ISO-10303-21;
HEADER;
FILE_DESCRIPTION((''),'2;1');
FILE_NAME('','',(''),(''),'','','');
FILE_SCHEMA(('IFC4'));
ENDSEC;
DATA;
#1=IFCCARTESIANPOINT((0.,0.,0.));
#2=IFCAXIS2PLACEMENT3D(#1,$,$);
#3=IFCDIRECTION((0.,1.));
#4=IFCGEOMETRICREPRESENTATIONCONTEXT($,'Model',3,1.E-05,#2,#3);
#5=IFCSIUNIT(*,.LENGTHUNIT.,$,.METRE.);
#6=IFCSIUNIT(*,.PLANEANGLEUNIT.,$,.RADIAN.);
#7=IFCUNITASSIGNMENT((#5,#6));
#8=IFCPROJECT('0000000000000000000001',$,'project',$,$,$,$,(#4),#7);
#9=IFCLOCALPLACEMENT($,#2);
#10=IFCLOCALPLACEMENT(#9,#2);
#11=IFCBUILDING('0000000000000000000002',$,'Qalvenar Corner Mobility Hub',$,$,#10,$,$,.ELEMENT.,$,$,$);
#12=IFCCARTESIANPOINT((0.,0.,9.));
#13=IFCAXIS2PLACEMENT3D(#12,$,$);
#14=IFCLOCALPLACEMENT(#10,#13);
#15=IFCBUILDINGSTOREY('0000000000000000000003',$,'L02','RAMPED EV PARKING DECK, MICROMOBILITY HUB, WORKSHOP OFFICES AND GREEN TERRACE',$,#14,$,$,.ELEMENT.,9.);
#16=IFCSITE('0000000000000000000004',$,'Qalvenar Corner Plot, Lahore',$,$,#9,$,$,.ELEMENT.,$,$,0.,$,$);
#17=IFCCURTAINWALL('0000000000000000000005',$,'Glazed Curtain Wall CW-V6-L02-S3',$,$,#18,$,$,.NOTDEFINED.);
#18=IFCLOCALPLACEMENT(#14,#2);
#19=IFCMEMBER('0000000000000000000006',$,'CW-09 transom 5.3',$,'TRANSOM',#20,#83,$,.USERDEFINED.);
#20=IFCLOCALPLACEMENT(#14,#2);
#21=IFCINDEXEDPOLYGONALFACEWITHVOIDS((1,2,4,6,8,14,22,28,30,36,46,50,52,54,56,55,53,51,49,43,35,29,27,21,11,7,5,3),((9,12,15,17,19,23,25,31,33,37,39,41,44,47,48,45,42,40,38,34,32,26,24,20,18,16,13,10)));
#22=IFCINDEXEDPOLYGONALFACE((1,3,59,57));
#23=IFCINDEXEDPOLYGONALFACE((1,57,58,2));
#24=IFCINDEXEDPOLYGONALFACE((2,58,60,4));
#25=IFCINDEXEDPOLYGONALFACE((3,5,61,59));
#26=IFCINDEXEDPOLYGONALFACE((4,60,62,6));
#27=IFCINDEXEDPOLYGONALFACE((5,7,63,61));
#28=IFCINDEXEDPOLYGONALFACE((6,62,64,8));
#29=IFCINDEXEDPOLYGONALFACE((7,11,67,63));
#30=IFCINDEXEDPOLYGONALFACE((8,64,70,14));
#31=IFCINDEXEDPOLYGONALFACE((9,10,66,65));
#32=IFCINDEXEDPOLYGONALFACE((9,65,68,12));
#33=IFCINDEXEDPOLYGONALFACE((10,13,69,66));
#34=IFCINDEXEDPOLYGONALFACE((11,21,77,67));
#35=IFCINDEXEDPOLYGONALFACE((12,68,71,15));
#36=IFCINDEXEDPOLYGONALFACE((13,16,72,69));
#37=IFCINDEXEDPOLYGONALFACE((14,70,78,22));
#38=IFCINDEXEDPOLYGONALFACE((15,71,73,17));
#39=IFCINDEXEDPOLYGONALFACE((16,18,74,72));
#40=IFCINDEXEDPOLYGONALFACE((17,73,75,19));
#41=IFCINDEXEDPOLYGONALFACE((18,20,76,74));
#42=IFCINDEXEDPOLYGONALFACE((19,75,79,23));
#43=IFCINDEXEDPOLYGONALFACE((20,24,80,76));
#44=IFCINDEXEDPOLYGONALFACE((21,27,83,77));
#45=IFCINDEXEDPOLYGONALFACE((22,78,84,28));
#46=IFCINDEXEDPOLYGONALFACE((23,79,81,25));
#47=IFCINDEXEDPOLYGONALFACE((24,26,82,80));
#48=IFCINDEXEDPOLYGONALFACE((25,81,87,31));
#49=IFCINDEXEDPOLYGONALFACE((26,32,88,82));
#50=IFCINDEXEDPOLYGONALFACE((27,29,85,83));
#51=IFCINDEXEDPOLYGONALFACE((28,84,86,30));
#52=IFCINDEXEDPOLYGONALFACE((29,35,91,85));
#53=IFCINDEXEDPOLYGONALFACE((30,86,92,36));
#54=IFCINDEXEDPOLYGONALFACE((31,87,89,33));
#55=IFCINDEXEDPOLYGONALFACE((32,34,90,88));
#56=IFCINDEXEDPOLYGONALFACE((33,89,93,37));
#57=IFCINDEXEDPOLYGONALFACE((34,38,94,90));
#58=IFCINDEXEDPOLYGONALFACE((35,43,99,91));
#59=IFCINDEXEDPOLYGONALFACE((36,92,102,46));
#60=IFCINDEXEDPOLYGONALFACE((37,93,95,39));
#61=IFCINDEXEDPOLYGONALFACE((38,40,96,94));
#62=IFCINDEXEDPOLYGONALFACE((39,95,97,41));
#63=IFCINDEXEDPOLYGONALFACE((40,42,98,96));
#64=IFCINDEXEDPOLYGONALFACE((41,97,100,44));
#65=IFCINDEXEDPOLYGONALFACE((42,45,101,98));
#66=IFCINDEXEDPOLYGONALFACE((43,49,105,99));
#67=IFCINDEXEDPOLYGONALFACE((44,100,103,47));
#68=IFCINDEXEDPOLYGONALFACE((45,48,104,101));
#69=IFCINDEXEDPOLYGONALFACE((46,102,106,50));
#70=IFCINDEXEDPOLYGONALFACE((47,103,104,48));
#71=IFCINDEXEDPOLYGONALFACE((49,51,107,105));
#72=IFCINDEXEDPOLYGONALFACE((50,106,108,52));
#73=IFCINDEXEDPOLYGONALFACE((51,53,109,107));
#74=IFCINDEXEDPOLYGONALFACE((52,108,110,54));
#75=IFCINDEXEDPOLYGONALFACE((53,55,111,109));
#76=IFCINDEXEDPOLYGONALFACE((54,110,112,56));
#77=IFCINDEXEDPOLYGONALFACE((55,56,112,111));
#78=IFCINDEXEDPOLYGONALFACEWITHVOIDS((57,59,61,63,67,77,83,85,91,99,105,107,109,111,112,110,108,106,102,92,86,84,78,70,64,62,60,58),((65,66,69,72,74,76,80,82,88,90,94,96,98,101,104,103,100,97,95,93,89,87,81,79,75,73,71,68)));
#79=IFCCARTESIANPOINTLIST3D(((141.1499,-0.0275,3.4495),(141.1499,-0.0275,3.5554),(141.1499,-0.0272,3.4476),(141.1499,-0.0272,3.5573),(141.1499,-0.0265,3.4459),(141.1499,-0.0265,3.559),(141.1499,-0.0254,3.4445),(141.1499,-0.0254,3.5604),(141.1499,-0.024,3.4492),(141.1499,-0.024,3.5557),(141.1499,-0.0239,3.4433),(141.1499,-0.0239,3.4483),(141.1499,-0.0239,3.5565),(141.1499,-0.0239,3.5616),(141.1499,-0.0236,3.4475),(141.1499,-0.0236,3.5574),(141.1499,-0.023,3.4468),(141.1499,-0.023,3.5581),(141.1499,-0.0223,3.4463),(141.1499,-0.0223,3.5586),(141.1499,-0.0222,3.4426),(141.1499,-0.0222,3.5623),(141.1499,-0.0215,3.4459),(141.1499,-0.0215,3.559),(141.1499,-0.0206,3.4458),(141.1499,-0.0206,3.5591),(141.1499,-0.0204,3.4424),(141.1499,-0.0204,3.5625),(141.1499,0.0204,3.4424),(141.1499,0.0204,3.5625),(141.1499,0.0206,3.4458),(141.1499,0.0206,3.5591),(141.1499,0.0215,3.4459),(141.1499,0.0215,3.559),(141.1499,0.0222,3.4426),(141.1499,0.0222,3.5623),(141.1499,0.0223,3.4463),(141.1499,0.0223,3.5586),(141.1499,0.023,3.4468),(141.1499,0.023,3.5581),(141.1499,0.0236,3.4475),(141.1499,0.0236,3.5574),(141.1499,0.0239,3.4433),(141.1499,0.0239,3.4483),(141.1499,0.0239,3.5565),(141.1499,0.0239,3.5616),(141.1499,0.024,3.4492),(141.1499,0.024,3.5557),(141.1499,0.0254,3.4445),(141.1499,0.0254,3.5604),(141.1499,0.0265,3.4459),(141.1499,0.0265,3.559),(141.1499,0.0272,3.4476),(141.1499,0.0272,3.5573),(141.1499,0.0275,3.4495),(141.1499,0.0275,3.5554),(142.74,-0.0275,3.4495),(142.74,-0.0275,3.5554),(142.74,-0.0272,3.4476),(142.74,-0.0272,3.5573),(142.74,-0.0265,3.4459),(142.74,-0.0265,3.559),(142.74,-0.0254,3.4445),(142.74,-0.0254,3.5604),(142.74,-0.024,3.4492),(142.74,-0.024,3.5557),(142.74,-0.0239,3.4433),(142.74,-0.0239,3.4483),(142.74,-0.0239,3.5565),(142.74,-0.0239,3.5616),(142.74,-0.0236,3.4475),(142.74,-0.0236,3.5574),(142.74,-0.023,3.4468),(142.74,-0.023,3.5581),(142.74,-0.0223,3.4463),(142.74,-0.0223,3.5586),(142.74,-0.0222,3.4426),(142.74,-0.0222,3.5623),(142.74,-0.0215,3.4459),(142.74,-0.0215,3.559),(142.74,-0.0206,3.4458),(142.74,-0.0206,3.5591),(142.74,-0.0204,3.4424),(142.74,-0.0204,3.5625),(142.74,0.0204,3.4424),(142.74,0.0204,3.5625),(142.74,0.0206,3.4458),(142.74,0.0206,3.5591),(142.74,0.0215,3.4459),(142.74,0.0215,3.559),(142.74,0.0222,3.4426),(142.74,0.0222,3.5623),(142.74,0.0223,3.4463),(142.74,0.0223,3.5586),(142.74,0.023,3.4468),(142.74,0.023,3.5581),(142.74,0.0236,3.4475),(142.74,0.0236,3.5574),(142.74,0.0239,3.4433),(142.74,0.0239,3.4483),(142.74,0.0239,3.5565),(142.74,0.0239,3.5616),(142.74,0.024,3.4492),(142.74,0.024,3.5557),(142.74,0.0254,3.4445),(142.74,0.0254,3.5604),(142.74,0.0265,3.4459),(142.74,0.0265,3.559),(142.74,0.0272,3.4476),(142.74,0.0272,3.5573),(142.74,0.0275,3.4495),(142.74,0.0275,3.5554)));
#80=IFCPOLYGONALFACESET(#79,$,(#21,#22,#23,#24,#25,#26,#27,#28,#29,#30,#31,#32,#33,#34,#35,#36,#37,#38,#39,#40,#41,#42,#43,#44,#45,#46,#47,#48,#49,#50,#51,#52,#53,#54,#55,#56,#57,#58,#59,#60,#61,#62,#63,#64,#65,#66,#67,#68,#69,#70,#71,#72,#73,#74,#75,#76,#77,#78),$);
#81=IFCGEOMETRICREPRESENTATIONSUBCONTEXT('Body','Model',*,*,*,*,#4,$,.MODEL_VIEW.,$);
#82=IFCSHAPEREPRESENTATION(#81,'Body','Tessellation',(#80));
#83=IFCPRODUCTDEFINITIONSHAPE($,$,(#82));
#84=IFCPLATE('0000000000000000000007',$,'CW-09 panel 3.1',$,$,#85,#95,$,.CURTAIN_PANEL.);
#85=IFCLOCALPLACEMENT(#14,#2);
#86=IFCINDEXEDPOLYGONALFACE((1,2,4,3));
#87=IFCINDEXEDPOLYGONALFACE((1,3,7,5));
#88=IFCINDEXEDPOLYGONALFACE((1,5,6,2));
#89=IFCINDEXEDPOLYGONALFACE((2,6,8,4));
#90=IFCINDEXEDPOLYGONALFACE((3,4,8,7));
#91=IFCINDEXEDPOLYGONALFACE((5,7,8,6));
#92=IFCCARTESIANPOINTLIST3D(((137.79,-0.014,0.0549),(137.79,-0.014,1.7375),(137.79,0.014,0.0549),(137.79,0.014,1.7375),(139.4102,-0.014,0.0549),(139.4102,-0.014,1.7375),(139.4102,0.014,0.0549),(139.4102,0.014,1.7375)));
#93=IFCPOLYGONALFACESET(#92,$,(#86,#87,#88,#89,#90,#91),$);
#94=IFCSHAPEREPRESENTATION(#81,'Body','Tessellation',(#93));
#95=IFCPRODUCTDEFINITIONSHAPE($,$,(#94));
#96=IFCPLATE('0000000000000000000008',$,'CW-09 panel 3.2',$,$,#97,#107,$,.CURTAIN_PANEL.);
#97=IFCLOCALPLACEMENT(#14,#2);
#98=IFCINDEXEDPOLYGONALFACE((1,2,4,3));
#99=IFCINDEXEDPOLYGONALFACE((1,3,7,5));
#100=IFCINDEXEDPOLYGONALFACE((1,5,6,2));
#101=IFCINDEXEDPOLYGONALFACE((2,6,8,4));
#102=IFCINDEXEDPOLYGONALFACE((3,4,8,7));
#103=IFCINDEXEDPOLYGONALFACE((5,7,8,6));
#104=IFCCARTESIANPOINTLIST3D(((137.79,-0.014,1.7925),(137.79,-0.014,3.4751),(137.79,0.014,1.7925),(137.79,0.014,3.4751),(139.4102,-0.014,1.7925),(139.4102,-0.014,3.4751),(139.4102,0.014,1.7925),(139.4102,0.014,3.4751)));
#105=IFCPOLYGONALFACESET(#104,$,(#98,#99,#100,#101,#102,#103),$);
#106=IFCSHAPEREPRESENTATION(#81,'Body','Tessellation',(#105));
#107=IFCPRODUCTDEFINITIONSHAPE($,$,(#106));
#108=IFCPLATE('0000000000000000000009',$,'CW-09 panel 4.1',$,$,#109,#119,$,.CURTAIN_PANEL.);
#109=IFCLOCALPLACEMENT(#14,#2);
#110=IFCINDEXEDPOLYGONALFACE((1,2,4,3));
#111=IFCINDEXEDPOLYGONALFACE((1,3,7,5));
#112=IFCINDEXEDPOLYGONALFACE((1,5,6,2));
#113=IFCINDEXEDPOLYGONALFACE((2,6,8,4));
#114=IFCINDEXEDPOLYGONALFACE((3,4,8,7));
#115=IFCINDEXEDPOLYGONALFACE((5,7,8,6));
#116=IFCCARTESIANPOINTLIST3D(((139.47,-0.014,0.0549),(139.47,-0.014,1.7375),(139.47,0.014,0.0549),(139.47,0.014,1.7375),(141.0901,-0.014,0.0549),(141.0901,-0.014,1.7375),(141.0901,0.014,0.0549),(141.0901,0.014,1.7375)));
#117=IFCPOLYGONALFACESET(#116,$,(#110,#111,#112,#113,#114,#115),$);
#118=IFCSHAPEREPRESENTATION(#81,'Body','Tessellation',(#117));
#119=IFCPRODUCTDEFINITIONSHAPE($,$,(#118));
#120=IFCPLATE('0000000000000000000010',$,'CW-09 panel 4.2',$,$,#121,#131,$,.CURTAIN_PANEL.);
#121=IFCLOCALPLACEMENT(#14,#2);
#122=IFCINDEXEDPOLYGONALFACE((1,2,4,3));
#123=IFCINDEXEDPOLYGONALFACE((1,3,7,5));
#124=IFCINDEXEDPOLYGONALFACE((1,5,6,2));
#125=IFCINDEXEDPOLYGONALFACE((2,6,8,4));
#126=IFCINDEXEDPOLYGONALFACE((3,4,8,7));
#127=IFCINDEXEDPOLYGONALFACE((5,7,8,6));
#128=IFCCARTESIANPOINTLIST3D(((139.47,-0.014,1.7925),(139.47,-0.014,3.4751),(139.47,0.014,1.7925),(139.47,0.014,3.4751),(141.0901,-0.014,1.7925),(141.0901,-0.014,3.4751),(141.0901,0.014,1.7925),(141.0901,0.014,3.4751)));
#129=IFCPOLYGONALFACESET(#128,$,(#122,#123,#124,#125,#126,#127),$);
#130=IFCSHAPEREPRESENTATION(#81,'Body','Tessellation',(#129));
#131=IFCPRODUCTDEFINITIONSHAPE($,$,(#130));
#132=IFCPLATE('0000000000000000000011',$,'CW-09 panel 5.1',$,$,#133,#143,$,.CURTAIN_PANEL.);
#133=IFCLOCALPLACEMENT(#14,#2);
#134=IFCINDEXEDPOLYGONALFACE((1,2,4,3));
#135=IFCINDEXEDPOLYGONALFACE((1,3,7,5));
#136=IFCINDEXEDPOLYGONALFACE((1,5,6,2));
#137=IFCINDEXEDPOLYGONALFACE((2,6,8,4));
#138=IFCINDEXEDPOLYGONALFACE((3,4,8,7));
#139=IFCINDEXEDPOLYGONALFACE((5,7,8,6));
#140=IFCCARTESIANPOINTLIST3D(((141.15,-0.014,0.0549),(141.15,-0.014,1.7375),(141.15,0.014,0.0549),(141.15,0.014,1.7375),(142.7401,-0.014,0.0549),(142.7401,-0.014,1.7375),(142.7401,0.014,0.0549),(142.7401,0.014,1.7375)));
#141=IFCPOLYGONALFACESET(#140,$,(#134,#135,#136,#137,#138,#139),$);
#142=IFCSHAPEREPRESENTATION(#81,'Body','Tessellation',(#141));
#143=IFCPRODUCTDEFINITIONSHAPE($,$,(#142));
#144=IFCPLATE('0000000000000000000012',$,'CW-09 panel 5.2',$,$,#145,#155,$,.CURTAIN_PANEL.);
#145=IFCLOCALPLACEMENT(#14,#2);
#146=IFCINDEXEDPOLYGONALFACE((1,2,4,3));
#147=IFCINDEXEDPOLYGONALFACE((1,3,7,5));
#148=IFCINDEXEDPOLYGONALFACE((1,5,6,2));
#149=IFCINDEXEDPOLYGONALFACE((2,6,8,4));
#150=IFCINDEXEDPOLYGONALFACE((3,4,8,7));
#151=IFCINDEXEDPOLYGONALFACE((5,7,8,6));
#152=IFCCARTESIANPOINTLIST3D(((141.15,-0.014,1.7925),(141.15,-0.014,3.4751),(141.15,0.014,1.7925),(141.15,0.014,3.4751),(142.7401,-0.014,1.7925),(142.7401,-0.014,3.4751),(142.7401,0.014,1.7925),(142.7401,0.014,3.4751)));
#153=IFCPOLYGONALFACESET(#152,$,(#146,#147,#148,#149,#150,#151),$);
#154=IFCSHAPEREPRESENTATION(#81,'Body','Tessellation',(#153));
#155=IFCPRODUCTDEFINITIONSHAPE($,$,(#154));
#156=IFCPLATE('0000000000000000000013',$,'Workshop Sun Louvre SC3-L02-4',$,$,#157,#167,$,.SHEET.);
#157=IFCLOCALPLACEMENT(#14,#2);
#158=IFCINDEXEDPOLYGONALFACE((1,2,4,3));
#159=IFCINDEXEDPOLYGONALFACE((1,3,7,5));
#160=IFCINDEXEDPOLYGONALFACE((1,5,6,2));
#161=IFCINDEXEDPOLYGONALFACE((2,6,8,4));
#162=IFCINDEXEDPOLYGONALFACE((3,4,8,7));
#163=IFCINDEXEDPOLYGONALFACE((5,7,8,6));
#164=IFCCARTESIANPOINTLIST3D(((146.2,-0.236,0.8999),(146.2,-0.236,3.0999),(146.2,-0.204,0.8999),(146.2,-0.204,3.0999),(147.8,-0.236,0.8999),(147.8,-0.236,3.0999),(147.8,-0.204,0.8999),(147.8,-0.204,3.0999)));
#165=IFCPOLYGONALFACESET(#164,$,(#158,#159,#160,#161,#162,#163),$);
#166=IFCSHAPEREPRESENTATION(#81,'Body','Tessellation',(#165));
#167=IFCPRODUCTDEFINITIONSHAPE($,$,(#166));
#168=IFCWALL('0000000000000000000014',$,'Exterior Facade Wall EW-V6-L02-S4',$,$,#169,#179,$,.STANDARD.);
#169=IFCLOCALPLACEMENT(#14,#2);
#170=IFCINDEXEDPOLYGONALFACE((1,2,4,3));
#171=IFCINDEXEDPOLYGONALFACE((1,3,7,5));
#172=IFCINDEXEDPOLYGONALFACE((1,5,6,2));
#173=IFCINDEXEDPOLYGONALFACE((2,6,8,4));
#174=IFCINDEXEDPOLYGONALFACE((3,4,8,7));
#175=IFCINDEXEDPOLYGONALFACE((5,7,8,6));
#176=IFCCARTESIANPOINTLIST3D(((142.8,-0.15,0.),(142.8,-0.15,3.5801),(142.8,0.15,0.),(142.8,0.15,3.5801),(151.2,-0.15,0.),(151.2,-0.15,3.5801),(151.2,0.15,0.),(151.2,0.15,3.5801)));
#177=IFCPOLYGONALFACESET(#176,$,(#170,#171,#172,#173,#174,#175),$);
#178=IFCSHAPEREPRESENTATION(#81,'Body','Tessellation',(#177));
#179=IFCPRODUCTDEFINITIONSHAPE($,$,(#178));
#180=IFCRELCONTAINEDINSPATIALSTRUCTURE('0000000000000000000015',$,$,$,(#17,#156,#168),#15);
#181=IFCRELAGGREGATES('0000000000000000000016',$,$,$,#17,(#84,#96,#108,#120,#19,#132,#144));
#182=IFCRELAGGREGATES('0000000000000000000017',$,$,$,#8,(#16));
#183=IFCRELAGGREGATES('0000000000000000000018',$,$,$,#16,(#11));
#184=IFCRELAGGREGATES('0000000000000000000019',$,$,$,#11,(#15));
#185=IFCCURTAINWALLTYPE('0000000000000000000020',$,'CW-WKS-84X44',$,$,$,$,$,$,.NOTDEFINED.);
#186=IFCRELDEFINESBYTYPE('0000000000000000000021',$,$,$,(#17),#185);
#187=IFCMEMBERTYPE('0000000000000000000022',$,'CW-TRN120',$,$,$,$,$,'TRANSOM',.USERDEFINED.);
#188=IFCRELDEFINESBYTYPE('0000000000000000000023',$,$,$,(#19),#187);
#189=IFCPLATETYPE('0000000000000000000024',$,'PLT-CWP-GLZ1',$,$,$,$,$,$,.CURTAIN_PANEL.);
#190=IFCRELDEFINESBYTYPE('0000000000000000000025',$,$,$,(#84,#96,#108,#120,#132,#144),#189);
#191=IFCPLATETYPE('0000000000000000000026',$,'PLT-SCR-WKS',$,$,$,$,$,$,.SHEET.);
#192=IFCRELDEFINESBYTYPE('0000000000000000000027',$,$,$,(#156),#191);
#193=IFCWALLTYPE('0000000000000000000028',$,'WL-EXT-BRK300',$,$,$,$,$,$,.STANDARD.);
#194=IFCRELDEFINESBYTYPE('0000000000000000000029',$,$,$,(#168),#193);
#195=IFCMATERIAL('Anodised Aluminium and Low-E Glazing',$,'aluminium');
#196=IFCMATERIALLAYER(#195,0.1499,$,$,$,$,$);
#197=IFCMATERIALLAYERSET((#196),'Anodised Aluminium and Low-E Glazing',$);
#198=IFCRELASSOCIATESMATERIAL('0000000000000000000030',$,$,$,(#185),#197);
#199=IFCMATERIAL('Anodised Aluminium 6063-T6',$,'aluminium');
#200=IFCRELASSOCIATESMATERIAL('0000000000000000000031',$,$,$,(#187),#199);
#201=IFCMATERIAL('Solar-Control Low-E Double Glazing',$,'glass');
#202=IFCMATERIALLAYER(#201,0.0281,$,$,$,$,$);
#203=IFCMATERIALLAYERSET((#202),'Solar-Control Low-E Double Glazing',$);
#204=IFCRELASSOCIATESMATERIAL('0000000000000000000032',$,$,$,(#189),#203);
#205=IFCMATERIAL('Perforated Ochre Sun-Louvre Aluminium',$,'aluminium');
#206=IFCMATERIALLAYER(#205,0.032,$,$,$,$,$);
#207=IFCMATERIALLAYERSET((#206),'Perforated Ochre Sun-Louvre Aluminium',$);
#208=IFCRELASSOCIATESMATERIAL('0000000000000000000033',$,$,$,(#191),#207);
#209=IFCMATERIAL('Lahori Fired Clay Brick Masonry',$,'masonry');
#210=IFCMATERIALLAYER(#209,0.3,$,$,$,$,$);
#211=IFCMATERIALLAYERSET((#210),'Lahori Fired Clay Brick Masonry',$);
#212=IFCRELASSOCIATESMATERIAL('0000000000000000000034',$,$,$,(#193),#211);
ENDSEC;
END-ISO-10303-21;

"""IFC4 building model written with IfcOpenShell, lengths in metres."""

from ifc_helpers import new_model, si_unit, direction, frame, frame_2d, origin, origin_2d, place, context, subcontext, project, spatial, rectangle, hollow_rectangle, extrude, material, layer, layer_set, material_profile, profile_set, type_object, element, aggregate, save


model = new_model("IFC4")

# Units and contexts
model_context = context("Model", 3, precision=1e-05, world=origin(), true_north=direction((0.0, 1.0)))
body_context = subcontext(model_context, "Body", "Model", "MODEL_VIEW")
ifc_project = project(units=[si_unit("LENGTHUNIT", "METRE"), si_unit("PLANEANGLEUNIT", "RADIAN")], contexts=[model_context])

# Site, building, storey
site_placement = place(None, origin())
site = spatial("IfcSite", under=ifc_project, at=site_placement, Name="Qalvenar Corner Plot, Lahore", CompositionType="ELEMENT", RefElevation=0.0)
building_placement = place(site_placement, origin())
building = spatial("IfcBuilding", under=site, at=building_placement, Name="Qalvenar Corner Mobility Hub", CompositionType="ELEMENT")
storey_placement = place(building_placement, frame((0.0, 0.0, 9.0)))
storey = spatial("IfcBuildingStorey", under=building, at=storey_placement, Name="L02", Description="RAMPED EV PARKING DECK, MICROMOBILITY HUB, WORKSHOP OFFICES AND GREEN TERRACE", CompositionType="ELEMENT", Elevation=9.0)

# Curtain wall, member, plates
ifc_material_1 = material(Name="Anodised Aluminium and Low-E Glazing", Category="aluminium")
ifc_layer_1 = layer(ifc_material_1, 0.1499)
ifc_layer_set_1 = layer_set([ifc_layer_1], Name="Anodised Aluminium and Low-E Glazing")
curtain_wall_type = type_object("IfcCurtainWallType", Name="CW-WKS-84X44", PredefinedType="NOTDEFINED", material=ifc_layer_set_1)
curtain_wall_placement = place(storey_placement, origin())
curtain_wall = element("IfcCurtainWall", 1, at=curtain_wall_placement, inside=storey, type_object=curtain_wall_type, Name="Glazed Curtain Wall CW-V6-L02-S3", PredefinedType="NOTDEFINED")
ifc_material_2 = material(Name="Anodised Aluminium 6063-T6", Category="aluminium")
ifc_material_profile_1 = material_profile(ifc_material_2, hollow_rectangle(XDim=0.0549, YDim=0.1201, WallThickness=0.0034, InnerFilletRadius=0.0034, OuterFilletRadius=0.0071, at=origin_2d()), Name="RHS120x55x3.5")
ifc_profile_set_1 = profile_set([ifc_material_profile_1], Name="Anodised Aluminium 6063-T6")
member_type_1 = type_object("IfcMemberType", Name="CW-TRN120", ElementType="TRANSOM", PredefinedType="USERDEFINED", material=ifc_profile_set_1)
member_1_placement = place(storey_placement, frame((141.1499, 0.0, 3.5024), z_axis=(1.0, 0.0, 0.0), x_axis=(0.0, 1.0, 0.0)))
member_1 = element("IfcMember", 2, at=member_1_placement, type_object=member_type_1, Name="CW-09 transom 5.3", ObjectType="TRANSOM", PredefinedType="USERDEFINED", context=body_context, shape_type="SweptSolid", body=[
    extrude(hollow_rectangle(XDim=0.0549, YDim=0.1201, WallThickness=0.0034, InnerFilletRadius=0.0034, OuterFilletRadius=0.0071, at=origin_2d()), origin(), (0.0, 0.0, 1.0), 1.5901),
])
ifc_material_3 = material(Name="Solar-Control Low-E Double Glazing", Category="glass")
ifc_layer_2 = layer(ifc_material_3, 0.0281)
ifc_layer_set_2 = layer_set([ifc_layer_2], Name="Solar-Control Low-E Double Glazing")
plate_type_1 = type_object("IfcPlateType", Name="PLT-CWP-GLZ1", PredefinedType="CURTAIN_PANEL", material=ifc_layer_set_2)
plate_1_placement = place(storey_placement, frame((138.6001, 0.0, 0.0549), z_axis=(0.0, 0.0, 1.0), x_axis=(1.0, 0.0, 0.0)))
plate_1 = element("IfcPlate", 3, at=plate_1_placement, type_object=plate_type_1, Name="CW-09 panel 3.1", PredefinedType="CURTAIN_PANEL", context=body_context, shape_type="SweptSolid", body=[
    extrude(rectangle(XDim=1.6201, YDim=0.0281, at=origin_2d()), origin(), (0.0, 0.0, 1.0), 1.6826),
])
plate_2_placement = place(storey_placement, frame((138.6001, 0.0, 1.7925), z_axis=(0.0, 0.0, 1.0), x_axis=(1.0, 0.0, 0.0)))
plate_2 = element("IfcPlate", 4, at=plate_2_placement, type_object=plate_type_1, Name="CW-09 panel 3.2", PredefinedType="CURTAIN_PANEL", context=body_context, shape_type="SweptSolid", body=[
    extrude(rectangle(XDim=1.6201, YDim=0.0281, at=origin_2d()), origin(), (0.0, 0.0, 1.0), 1.6826),
])
plate_3_placement = place(storey_placement, frame((140.28, 0.0, 0.0549), z_axis=(0.0, 0.0, 1.0), x_axis=(1.0, 0.0, 0.0)))
plate_3 = element("IfcPlate", 5, at=plate_3_placement, type_object=plate_type_1, Name="CW-09 panel 4.1", PredefinedType="CURTAIN_PANEL", context=body_context, shape_type="SweptSolid", body=[
    extrude(rectangle(XDim=1.6201, YDim=0.0281, at=origin_2d()), origin(), (0.0, 0.0, 1.0), 1.6826),
])
plate_4_placement = place(storey_placement, frame((140.28, 0.0, 1.7925), z_axis=(0.0, 0.0, 1.0), x_axis=(1.0, 0.0, 0.0)))
plate_4 = element("IfcPlate", 6, at=plate_4_placement, type_object=plate_type_1, Name="CW-09 panel 4.2", PredefinedType="CURTAIN_PANEL", context=body_context, shape_type="SweptSolid", body=[
    extrude(rectangle(XDim=1.6201, YDim=0.0281, at=origin_2d()), origin(), (0.0, 0.0, 1.0), 1.6826),
])
plate_5_placement = place(storey_placement, frame((141.9451, 0.0, 0.0549), z_axis=(0.0, 0.0, 1.0), x_axis=(1.0, 0.0, 0.0)))
plate_5 = element("IfcPlate", 7, at=plate_5_placement, type_object=plate_type_1, Name="CW-09 panel 5.1", PredefinedType="CURTAIN_PANEL", context=body_context, shape_type="SweptSolid", body=[
    extrude(rectangle(XDim=1.5901, YDim=0.0281, at=origin_2d()), origin(), (0.0, 0.0, 1.0), 1.6826),
])
plate_6_placement = place(storey_placement, frame((141.9451, 0.0, 1.7925), z_axis=(0.0, 0.0, 1.0), x_axis=(1.0, 0.0, 0.0)))
plate_6 = element("IfcPlate", 8, at=plate_6_placement, type_object=plate_type_1, Name="CW-09 panel 5.2", PredefinedType="CURTAIN_PANEL", context=body_context, shape_type="SweptSolid", body=[
    extrude(rectangle(XDim=1.5901, YDim=0.0281, at=origin_2d()), origin(), (0.0, 0.0, 1.0), 1.6826),
])
aggregate(curtain_wall, [plate_1, plate_2, plate_3, plate_4, member_1, plate_5, plate_6])

# Plate
ifc_material_4 = material(Name="Perforated Ochre Sun-Louvre Aluminium", Category="aluminium")
ifc_layer_3 = layer(ifc_material_4, 0.032)
ifc_layer_set_3 = layer_set([ifc_layer_3], Name="Perforated Ochre Sun-Louvre Aluminium")
plate_type_2 = type_object("IfcPlateType", Name="PLT-SCR-WKS", PredefinedType="SHEET", material=ifc_layer_set_3)
plate_7_placement = place(storey_placement, frame((147.0, -0.22, 0.8999), z_axis=(0.0, 0.0, 1.0), x_axis=(1.0, 0.0, 0.0)))
element("IfcPlate", 9, at=plate_7_placement, inside=storey, type_object=plate_type_2, Name="Workshop Sun Louvre SC3-L02-4", PredefinedType="SHEET", context=body_context, shape_type="SweptSolid", body=[
    extrude(rectangle(XDim=1.6001, YDim=0.032, at=origin_2d()), origin(), (0.0, 0.0, 1.0), 2.2),
])

# Wall
ifc_material_5 = material(Name="Lahori Fired Clay Brick Masonry", Category="masonry")
ifc_layer_4 = layer(ifc_material_5, 0.3)
ifc_layer_set_4 = layer_set([ifc_layer_4], Name="Lahori Fired Clay Brick Masonry")
wall_type_1 = type_object("IfcWallType", Name="WL-EXT-BRK300", PredefinedType="STANDARD", material=ifc_layer_set_4)
wall_1_placement = place(storey_placement, frame((142.8, 0.0, 0.0), z_axis=(0.0, 0.0, 1.0), x_axis=(1.0, 0.0, 0.0)))
element("IfcWall", 10, at=wall_1_placement, inside=storey, type_object=wall_type_1, Name="Exterior Facade Wall EW-V6-L02-S4", PredefinedType="STANDARD", context=body_context, shape_type="SweptSolid", body=[
    extrude(rectangle(XDim=8.3999, YDim=0.3, at=frame_2d((4.2, 0.0))), origin(), (0.0, 0.0, 1.0), 3.5801),
])

save(model, "model.ifc")
